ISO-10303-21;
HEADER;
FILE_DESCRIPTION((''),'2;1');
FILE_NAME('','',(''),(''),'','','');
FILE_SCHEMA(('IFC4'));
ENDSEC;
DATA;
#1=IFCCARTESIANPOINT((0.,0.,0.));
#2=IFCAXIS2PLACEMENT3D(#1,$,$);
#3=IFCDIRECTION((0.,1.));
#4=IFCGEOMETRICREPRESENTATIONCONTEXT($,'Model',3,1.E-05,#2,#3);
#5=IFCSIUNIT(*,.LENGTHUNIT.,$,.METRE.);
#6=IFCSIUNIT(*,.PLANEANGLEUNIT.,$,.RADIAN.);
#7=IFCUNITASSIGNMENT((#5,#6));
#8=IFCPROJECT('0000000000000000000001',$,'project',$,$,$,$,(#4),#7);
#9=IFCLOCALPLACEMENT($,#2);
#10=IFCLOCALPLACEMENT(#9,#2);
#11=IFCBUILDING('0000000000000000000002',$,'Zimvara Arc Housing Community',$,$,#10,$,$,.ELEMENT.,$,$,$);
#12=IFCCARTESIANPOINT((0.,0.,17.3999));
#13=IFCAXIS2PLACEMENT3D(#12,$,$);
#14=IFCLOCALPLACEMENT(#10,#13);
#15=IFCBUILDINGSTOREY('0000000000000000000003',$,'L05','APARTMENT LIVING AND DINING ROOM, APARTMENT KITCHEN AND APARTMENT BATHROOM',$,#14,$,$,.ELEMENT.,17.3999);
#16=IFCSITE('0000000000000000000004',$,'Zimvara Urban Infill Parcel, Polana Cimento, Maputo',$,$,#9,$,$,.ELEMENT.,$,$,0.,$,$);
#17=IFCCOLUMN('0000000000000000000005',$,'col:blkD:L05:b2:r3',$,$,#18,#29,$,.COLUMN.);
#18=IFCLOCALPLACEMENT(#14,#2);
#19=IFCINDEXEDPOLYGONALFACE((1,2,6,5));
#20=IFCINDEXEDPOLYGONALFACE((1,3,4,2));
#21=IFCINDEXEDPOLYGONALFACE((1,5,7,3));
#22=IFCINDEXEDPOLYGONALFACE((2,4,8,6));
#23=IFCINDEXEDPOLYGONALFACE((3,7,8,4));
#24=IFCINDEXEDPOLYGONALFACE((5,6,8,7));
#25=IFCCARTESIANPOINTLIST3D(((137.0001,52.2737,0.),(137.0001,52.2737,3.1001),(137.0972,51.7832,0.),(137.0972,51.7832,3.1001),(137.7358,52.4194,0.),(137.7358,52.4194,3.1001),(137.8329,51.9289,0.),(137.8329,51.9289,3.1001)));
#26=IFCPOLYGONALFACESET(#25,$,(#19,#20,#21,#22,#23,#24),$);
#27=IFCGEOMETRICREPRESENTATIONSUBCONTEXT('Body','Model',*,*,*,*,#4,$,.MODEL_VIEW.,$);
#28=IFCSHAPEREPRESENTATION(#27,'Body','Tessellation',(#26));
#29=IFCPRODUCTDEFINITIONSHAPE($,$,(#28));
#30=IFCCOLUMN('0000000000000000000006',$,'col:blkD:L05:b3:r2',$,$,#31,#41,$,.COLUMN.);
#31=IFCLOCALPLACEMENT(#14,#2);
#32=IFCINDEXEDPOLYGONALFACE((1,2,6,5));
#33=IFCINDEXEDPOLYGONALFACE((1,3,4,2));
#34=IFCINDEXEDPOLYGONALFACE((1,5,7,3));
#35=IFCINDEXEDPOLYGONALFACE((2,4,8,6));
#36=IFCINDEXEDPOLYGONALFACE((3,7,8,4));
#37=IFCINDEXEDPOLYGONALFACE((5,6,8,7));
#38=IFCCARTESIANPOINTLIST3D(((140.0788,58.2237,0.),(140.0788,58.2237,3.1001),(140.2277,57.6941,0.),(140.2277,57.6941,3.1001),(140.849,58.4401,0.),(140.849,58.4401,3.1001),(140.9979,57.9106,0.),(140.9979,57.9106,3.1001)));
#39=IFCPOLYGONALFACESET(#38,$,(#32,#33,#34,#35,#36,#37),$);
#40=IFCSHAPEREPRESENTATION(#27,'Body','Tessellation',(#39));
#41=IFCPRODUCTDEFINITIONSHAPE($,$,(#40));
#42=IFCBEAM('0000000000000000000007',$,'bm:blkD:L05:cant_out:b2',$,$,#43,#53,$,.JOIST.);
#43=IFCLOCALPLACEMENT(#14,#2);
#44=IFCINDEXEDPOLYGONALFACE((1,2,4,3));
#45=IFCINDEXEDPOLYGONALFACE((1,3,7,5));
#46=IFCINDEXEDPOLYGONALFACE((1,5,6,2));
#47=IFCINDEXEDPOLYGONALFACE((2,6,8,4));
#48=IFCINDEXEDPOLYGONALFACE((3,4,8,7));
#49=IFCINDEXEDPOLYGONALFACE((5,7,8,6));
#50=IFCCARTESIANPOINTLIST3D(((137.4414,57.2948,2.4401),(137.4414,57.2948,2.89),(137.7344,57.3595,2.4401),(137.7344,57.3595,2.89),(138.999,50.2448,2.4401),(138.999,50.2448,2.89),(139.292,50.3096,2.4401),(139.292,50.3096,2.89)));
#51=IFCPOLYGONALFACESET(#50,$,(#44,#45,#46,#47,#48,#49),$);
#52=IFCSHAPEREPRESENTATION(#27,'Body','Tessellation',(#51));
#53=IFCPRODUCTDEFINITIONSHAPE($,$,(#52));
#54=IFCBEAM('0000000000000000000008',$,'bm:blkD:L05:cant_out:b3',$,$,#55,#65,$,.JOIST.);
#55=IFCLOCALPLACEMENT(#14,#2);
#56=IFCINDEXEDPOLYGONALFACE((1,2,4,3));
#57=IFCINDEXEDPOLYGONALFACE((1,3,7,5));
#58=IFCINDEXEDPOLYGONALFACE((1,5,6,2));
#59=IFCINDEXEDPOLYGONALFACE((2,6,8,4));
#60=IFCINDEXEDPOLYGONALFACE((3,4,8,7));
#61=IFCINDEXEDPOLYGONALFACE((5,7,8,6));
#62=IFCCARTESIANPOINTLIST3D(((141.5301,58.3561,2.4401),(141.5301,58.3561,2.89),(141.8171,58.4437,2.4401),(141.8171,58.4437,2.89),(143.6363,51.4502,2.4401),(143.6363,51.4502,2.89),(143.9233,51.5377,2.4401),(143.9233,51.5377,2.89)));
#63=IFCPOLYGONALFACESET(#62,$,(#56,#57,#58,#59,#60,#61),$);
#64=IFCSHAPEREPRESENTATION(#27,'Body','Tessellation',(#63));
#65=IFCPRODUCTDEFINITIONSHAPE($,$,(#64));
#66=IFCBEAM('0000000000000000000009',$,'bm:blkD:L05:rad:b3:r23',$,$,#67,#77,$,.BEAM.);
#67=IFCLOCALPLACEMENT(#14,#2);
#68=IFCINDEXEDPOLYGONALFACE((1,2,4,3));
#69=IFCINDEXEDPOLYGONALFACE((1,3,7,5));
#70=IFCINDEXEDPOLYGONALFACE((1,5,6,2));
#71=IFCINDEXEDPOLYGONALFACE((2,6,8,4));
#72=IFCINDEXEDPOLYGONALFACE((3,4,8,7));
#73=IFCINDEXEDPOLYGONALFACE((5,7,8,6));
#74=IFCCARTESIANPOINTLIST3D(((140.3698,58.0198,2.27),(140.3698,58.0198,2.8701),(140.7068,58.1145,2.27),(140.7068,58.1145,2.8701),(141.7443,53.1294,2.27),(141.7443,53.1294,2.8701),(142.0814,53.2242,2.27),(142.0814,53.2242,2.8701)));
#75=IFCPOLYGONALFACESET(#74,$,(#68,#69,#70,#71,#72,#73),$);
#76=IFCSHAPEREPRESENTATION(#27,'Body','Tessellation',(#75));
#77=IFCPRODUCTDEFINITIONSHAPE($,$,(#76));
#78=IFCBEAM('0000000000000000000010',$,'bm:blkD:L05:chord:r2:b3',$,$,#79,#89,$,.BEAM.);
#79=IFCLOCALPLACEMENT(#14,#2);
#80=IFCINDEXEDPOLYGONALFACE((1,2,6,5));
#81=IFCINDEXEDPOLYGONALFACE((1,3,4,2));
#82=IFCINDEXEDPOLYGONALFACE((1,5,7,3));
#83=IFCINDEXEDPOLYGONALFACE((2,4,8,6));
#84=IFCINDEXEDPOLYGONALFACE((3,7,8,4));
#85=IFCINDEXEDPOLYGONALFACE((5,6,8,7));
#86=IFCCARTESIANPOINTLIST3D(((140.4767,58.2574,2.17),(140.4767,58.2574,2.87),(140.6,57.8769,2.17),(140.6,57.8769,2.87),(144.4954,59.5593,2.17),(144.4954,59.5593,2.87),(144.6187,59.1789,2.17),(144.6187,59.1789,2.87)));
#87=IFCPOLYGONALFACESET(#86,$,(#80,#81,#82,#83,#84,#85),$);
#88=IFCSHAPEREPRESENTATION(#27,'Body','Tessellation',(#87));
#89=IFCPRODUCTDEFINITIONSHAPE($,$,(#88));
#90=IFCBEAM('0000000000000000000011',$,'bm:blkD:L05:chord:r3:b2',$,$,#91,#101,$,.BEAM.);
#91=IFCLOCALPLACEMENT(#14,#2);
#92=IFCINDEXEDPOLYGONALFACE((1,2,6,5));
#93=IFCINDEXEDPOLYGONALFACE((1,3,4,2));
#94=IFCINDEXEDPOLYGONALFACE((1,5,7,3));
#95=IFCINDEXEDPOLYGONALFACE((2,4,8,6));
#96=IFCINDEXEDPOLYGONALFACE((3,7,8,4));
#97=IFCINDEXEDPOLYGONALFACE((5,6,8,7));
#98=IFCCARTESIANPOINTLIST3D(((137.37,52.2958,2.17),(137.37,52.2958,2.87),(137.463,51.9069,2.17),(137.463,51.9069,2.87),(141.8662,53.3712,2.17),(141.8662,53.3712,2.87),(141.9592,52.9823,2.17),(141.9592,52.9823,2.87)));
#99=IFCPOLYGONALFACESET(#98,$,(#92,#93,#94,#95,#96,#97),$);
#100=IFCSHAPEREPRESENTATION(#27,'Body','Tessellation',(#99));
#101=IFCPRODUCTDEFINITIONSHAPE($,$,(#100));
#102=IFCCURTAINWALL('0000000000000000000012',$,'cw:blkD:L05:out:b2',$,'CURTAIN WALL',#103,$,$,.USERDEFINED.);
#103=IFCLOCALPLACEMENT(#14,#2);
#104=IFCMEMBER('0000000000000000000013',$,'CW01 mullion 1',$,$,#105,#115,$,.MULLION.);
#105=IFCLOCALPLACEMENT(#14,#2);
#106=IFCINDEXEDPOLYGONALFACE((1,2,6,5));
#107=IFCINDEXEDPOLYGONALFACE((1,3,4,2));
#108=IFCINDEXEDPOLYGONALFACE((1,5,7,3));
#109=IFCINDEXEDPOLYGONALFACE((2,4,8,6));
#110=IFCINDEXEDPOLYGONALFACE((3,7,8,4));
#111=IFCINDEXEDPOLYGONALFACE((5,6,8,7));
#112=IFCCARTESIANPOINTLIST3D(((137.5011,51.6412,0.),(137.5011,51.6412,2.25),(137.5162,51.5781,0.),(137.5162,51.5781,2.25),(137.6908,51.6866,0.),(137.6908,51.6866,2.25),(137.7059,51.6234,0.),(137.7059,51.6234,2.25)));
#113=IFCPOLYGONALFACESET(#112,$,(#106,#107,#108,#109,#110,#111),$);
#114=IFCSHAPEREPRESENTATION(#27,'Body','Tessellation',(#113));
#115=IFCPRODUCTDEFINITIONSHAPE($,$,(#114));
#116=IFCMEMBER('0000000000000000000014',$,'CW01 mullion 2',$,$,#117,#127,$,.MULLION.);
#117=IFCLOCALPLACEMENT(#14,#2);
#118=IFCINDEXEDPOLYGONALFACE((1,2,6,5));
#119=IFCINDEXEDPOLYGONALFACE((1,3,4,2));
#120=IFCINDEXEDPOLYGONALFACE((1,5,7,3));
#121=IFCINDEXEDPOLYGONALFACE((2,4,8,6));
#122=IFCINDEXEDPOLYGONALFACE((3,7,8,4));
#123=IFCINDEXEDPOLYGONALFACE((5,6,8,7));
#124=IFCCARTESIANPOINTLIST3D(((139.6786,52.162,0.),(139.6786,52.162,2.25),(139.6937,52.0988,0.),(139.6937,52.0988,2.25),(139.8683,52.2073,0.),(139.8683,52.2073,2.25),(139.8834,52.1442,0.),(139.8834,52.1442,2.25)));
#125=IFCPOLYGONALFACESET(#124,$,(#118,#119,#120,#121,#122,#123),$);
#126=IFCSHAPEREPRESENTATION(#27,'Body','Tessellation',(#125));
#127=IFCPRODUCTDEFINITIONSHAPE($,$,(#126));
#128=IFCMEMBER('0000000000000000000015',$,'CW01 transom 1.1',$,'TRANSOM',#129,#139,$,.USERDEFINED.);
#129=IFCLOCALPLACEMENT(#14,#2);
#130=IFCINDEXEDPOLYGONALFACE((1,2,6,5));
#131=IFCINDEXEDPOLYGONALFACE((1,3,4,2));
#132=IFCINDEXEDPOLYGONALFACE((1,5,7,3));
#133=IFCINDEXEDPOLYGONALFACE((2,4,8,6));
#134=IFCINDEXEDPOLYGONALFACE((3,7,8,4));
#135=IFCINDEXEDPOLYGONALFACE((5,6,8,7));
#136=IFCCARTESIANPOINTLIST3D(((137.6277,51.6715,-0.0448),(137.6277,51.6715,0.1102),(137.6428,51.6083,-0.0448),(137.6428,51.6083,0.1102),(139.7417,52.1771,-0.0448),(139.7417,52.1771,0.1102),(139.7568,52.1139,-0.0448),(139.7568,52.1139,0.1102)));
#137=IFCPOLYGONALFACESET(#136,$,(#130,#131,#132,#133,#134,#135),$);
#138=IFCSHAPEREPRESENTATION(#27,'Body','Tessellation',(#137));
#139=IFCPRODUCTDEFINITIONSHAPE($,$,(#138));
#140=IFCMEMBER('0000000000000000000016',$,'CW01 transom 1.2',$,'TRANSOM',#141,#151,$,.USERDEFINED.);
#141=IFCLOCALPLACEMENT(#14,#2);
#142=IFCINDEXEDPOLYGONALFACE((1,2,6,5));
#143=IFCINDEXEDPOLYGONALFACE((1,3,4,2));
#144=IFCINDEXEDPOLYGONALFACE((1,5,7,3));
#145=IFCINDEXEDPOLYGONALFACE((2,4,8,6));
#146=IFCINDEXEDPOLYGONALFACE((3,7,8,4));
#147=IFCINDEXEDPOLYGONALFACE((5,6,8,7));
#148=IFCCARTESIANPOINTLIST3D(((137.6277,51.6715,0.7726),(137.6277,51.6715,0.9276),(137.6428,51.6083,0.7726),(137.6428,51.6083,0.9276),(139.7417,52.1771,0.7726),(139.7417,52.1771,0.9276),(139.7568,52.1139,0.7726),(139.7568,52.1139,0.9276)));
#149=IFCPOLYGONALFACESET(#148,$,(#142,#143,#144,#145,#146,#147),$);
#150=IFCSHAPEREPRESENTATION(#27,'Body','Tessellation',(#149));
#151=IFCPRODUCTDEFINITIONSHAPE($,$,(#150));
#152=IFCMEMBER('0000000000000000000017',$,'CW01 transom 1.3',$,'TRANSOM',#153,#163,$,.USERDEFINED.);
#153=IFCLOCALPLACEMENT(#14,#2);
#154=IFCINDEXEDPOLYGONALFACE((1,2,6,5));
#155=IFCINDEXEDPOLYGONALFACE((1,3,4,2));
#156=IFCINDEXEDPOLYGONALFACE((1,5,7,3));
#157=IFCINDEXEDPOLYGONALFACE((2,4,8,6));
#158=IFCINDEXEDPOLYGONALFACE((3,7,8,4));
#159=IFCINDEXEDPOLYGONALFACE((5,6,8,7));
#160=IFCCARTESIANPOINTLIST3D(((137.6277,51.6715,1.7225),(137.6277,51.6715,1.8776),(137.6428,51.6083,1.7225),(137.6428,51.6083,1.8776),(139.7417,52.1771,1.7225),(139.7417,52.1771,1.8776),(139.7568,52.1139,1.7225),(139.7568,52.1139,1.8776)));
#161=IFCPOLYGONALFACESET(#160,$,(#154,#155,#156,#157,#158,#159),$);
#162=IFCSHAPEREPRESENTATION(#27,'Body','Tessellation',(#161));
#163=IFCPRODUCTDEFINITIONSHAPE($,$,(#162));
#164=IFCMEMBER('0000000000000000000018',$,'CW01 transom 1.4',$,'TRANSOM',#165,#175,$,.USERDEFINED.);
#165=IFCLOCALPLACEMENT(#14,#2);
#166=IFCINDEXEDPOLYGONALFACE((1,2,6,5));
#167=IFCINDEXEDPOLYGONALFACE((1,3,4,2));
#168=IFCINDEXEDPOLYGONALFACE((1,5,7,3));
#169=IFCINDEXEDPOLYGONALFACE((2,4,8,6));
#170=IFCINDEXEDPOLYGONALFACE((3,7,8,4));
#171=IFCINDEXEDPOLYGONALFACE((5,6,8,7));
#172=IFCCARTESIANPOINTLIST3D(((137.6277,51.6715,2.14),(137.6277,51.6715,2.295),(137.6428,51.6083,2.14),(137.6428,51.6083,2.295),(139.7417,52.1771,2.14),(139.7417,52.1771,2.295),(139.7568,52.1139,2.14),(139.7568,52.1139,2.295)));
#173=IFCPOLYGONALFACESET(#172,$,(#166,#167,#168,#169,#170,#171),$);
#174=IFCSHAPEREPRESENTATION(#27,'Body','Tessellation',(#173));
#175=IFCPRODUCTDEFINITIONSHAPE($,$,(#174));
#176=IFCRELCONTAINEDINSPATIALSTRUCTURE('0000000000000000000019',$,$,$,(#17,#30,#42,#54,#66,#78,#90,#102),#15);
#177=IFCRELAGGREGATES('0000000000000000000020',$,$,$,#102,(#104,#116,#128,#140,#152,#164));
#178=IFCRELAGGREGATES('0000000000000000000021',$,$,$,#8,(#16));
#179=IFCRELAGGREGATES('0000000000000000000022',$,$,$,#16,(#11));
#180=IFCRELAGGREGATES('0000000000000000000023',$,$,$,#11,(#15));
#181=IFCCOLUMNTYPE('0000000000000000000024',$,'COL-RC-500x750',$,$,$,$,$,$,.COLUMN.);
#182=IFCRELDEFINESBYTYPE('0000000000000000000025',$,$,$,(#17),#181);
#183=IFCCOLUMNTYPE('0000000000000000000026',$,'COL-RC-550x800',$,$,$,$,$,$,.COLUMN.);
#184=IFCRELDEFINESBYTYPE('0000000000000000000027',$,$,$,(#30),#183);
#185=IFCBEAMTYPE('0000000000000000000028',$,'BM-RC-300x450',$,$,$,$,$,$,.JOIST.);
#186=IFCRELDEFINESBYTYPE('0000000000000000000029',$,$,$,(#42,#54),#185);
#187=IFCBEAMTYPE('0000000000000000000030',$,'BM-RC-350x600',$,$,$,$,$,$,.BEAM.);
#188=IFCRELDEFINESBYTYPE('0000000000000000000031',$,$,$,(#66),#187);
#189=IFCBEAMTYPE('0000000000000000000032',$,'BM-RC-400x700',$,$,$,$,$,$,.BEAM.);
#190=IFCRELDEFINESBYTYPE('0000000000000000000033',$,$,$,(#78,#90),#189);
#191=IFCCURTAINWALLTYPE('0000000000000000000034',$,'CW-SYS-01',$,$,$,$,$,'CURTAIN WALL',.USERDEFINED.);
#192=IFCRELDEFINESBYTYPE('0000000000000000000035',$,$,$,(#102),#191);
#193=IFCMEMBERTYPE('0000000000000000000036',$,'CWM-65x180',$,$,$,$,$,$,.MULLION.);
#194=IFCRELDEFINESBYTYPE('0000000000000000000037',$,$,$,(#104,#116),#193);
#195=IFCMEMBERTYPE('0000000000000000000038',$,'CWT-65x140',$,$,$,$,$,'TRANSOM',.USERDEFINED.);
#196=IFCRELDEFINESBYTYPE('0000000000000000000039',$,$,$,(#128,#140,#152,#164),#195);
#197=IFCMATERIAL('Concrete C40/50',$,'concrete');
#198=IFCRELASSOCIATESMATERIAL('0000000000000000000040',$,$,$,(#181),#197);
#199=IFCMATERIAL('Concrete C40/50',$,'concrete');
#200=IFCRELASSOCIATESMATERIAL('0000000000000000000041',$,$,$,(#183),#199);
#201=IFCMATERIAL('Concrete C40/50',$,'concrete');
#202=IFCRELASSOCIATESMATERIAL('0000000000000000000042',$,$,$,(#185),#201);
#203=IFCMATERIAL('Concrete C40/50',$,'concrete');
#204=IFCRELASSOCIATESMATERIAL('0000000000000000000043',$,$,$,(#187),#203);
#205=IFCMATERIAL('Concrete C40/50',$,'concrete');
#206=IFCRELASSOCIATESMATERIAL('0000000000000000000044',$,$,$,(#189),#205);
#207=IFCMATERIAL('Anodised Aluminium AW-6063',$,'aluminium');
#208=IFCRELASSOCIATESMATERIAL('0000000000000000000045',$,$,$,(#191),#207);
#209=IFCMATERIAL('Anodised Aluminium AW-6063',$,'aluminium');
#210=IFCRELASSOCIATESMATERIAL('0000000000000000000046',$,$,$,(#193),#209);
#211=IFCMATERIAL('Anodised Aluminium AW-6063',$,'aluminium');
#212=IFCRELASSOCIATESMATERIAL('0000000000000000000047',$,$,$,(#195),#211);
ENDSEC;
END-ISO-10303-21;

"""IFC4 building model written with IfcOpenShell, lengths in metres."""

from ifc_helpers import new_model, si_unit, direction, frame, origin, origin_2d, place, context, subcontext, project, spatial, rectangle, extrude, material, material_profile, profile_set, type_object, element, aggregate, save


model = new_model("IFC4")

# Units and contexts
model_context = context("Model", 3, precision=1e-05, world=origin(), true_north=direction((0.0, 1.0)))
body_context = subcontext(model_context, "Body", "Model", "MODEL_VIEW")
ifc_project = project(units=[si_unit("LENGTHUNIT", "METRE"), si_unit("PLANEANGLEUNIT", "RADIAN")], contexts=[model_context])

# Site, building, storey
site_placement = place(None, origin())
site = spatial("IfcSite", under=ifc_project, at=site_placement, Name="Zimvara Urban Infill Parcel, Polana Cimento, Maputo", CompositionType="ELEMENT", RefElevation=0.0)
building_placement = place(site_placement, origin())
building = spatial("IfcBuilding", under=site, at=building_placement, Name="Zimvara Arc Housing Community", CompositionType="ELEMENT")
storey_placement = place(building_placement, frame((0.0, 0.0, 17.3999)))
storey = spatial("IfcBuildingStorey", under=building, at=storey_placement, Name="L05", Description="APARTMENT LIVING AND DINING ROOM, APARTMENT KITCHEN AND APARTMENT BATHROOM", CompositionType="ELEMENT", Elevation=17.3999)

# Columns
ifc_material_1 = material(Name="Concrete C40/50", Category="concrete")
ifc_material_profile_1 = material_profile(ifc_material_1, rectangle(XDim=0.5, YDim=0.75, at=origin_2d()), Name="RC 500x750")
ifc_profile_set_1 = profile_set([ifc_material_profile_1], Name="Concrete C40/50")
column_type_1 = type_object("IfcColumnType", Name="COL-RC-500x750", PredefinedType="COLUMN", material=ifc_profile_set_1)
column_1_placement = place(storey_placement, frame((137.4165, 52.1013, 0.0), z_axis=(0.0, 0.0, 1.0), x_axis=(0.194234, -0.980955, 0.0)))
element("IfcColumn", 1, at=column_1_placement, inside=storey, type_object=column_type_1, Name="col:blkD:L05:b2:r3", PredefinedType="COLUMN", context=body_context, shape_type="SweptSolid", body=[
    extrude(rectangle(XDim=0.5, YDim=0.75, at=origin_2d()), origin(), (0.0, 0.0, 1.0), 3.1001),
])
ifc_material_2 = material(Name="Concrete C40/50", Category="concrete")
ifc_material_profile_2 = material_profile(ifc_material_2, rectangle(XDim=0.55, YDim=0.8, at=origin_2d()), Name="RC 550x800")
ifc_profile_set_2 = profile_set([ifc_material_profile_2], Name="Concrete C40/50")
column_type_2 = type_object("IfcColumnType", Name="COL-RC-550x800", PredefinedType="COLUMN", material=ifc_profile_set_2)
column_2_placement = place(storey_placement, frame((140.5383, 58.0671, 0.0), z_axis=(0.0, 0.0, 1.0), x_axis=(0.2706, -0.962692, 0.0)))
element("IfcColumn", 2, at=column_2_placement, inside=storey, type_object=column_type_2, Name="col:blkD:L05:b3:r2", PredefinedType="COLUMN", context=body_context, shape_type="SweptSolid", body=[
    extrude(rectangle(XDim=0.55, YDim=0.8, at=origin_2d()), origin(), (0.0, 0.0, 1.0), 3.1001),
])

# Beams
ifc_material_3 = material(Name="Concrete C40/50", Category="concrete")
ifc_material_profile_3 = material_profile(ifc_material_3, rectangle(XDim=0.3, YDim=0.45, at=origin_2d()), Name="RC 300x450")
ifc_profile_set_3 = profile_set([ifc_material_profile_3], Name="Concrete C40/50")
beam_type_1 = type_object("IfcBeamType", Name="BM-RC-300x450", PredefinedType="JOIST", material=ifc_profile_set_3)
for number, where, z_axis, x_axis, name in (
    (3, (137.5879, 57.3271, 2.665), (0.215734, -0.976452, 0.0), (0.976452, 0.215734, 0.0), "bm:blkD:L05:cant_out:b2"),
    (4, (141.6736, 58.3999, 2.665), (0.291716, -0.956505, 0.0), (0.956505, 0.291716, 0.0), "bm:blkD:L05:cant_out:b3"),
):
    element("IfcBeam", number, at=place(storey_placement, frame(where, z_axis=z_axis, x_axis=x_axis)), inside=storey, type_object=beam_type_1, Name=name, PredefinedType="JOIST", context=body_context, shape_type="SweptSolid", body=[
        extrude(rectangle(XDim=0.3, YDim=0.45, at=origin_2d()), origin(), (0.0, 0.0, 1.0), 7.22),
    ])
ifc_material_4 = material(Name="Concrete C40/50", Category="concrete")
ifc_material_profile_4 = material_profile(ifc_material_4, rectangle(XDim=0.3501, YDim=0.6001, at=origin_2d()), Name="RC 350x600")
ifc_profile_set_4 = profile_set([ifc_material_profile_4], Name="Concrete C40/50")
beam_type_2 = type_object("IfcBeamType", Name="BM-RC-350x600", PredefinedType="BEAM", material=ifc_profile_set_4)
beam_1_placement = place(storey_placement, frame((140.5383, 58.0671, 2.5701), z_axis=(0.27058, -0.962698, 0.0), x_axis=(0.962698, 0.27058, 0.0)))
element("IfcBeam", 5, at=beam_1_placement, inside=storey, type_object=beam_type_2, Name="bm:blkD:L05:rad:b3:r23", PredefinedType="BEAM", context=body_context, shape_type="SweptSolid", body=[
    extrude(rectangle(XDim=0.3501, YDim=0.6001, at=origin_2d()), origin(), (0.0, 0.0, 1.0), 5.0798),
])
ifc_material_5 = material(Name="Concrete C40/50", Category="concrete")
ifc_material_profile_5 = material_profile(ifc_material_5, rectangle(XDim=0.3999, YDim=0.7, at=origin_2d()), Name="RC 400x700")
ifc_profile_set_5 = profile_set([ifc_material_profile_5], Name="Concrete C40/50")
beam_type_3 = type_object("IfcBeamType", Name="BM-RC-400x700", PredefinedType="BEAM", material=ifc_profile_set_5)
beam_2_placement = place(storey_placement, frame((140.5383, 58.0671, 2.52), z_axis=(0.951319, 0.308206, 0.0), x_axis=(-0.308206, 0.951319, 0.0)))
element("IfcBeam", 6, at=beam_2_placement, inside=storey, type_object=beam_type_3, Name="bm:blkD:L05:chord:r2:b3", PredefinedType="BEAM", context=body_context, shape_type="SweptSolid", body=[
    extrude(rectangle(XDim=0.3999, YDim=0.7, at=origin_2d()), origin(), (0.0, 0.0, 1.0), 4.2244),
])
beam_3_placement = place(storey_placement, frame((137.4165, 52.1013, 2.52), z_axis=(0.972568, 0.23262, 0.0), x_axis=(-0.23262, 0.972568, 0.0)))
element("IfcBeam", 7, at=beam_3_placement, inside=storey, type_object=beam_type_3, Name="bm:blkD:L05:chord:r3:b2", PredefinedType="BEAM", context=body_context, shape_type="SweptSolid", body=[
    extrude(rectangle(XDim=0.3999, YDim=0.7, at=origin_2d()), origin(), (0.0, 0.0, 1.0), 4.623),
])

# Curtain wall, members
ifc_material_6 = material(Name="Anodised Aluminium AW-6063", Category="aluminium")
curtain_wall_type = type_object("IfcCurtainWallType", Name="CW-SYS-01", ElementType="CURTAIN WALL", PredefinedType="USERDEFINED", material=ifc_material_6)
curtain_wall_placement = place(storey_placement, origin())
curtain_wall = element("IfcCurtainWall", 8, at=curtain_wall_placement, inside=storey, type_object=curtain_wall_type, Name="cw:blkD:L05:out:b2", ObjectType="CURTAIN WALL", PredefinedType="USERDEFINED")
ifc_material_7 = material(Name="Anodised Aluminium AW-6063", Category="aluminium")
ifc_material_profile_6 = material_profile(ifc_material_7, rectangle(XDim=0.0649, YDim=0.1951, at=origin_2d()), Name="ALU 65x195")
ifc_profile_set_6 = profile_set([ifc_material_profile_6], Name="Anodised Aluminium AW-6063")
member_type_1 = type_object("IfcMemberType", Name="CWM-65x180", PredefinedType="MULLION", material=ifc_profile_set_6)
member_1_placement = place(storey_placement, frame((137.6035, 51.6323, 0.0), z_axis=(0.0, 0.0, 1.0), x_axis=(-0.232597, 0.972573, 0.0)))
member_1 = element("IfcMember", 9, at=member_1_placement, type_object=member_type_1, Name="CW01 mullion 1", PredefinedType="MULLION", context=body_context, shape_type="SweptSolid", body=[
    extrude(rectangle(XDim=0.0649, YDim=0.1951, at=origin_2d()), origin(), (0.0, 0.0, 1.0), 2.25),
])
member_2_placement = place(storey_placement, frame((139.781, 52.1531, 0.0), z_axis=(0.0, 0.0, 1.0), x_axis=(-0.232597, 0.972573, 0.0)))
member_2 = element("IfcMember", 10, at=member_2_placement, type_object=member_type_1, Name="CW01 mullion 2", PredefinedType="MULLION", context=body_context, shape_type="SweptSolid", body=[
    extrude(rectangle(XDim=0.0649, YDim=0.1951, at=origin_2d()), origin(), (0.0, 0.0, 1.0), 2.25),
])
ifc_material_8 = material(Name="Anodised Aluminium AW-6063", Category="aluminium")
ifc_material_profile_7 = material_profile(ifc_material_8, rectangle(XDim=0.0649, YDim=0.155, at=origin_2d()), Name="ALU 65x155")
ifc_profile_set_7 = profile_set([ifc_material_profile_7], Name="Anodised Aluminium AW-6063")
member_type_2 = type_object("IfcMemberType", Name="CWT-65x140", ElementType="TRANSOM", PredefinedType="USERDEFINED", material=ifc_profile_set_7)
member_3_placement = place(storey_placement, frame((137.6353, 51.6399, 0.0327), z_axis=(0.97257, 0.232612, 0.0), x_axis=(-0.232612, 0.97257, 0.0)))
member_3 = element("IfcMember", 11, at=member_3_placement, type_object=member_type_2, Name="CW01 transom 1.1", ObjectType="TRANSOM", PredefinedType="USERDEFINED", context=body_context, shape_type="SweptSolid", body=[
    extrude(rectangle(XDim=0.0649, YDim=0.155, at=origin_2d()), origin(), (0.0, 0.0, 1.0), 2.1736),
])
member_4_placement = place(storey_placement, frame((137.6353, 51.6399, 0.8501), z_axis=(0.97257, 0.232612, 0.0), x_axis=(-0.232612, 0.97257, 0.0)))
member_4 = element("IfcMember", 12, at=member_4_placement, type_object=member_type_2, Name="CW01 transom 1.2", ObjectType="TRANSOM", PredefinedType="USERDEFINED", context=body_context, shape_type="SweptSolid", body=[
    extrude(rectangle(XDim=0.0649, YDim=0.155, at=origin_2d()), origin(), (0.0, 0.0, 1.0), 2.1736),
])
member_5_placement = place(storey_placement, frame((137.6353, 51.6399, 1.8), z_axis=(0.97257, 0.232612, 0.0), x_axis=(-0.232612, 0.97257, 0.0)))
member_5 = element("IfcMember", 13, at=member_5_placement, type_object=member_type_2, Name="CW01 transom 1.3", ObjectType="TRANSOM", PredefinedType="USERDEFINED", context=body_context, shape_type="SweptSolid", body=[
    extrude(rectangle(XDim=0.0649, YDim=0.155, at=origin_2d()), origin(), (0.0, 0.0, 1.0), 2.1736),
])
member_6_placement = place(storey_placement, frame((137.6353, 51.6399, 2.2175), z_axis=(0.97257, 0.232612, 0.0), x_axis=(-0.232612, 0.97257, 0.0)))
member_6 = element("IfcMember", 14, at=member_6_placement, type_object=member_type_2, Name="CW01 transom 1.4", ObjectType="TRANSOM", PredefinedType="USERDEFINED", context=body_context, shape_type="SweptSolid", body=[
    extrude(rectangle(XDim=0.0649, YDim=0.155, at=origin_2d()), origin(), (0.0, 0.0, 1.0), 2.1736),
])
aggregate(curtain_wall, [member_1, member_2, member_3, member_4, member_5, member_6])

save(model, "model.ifc")
